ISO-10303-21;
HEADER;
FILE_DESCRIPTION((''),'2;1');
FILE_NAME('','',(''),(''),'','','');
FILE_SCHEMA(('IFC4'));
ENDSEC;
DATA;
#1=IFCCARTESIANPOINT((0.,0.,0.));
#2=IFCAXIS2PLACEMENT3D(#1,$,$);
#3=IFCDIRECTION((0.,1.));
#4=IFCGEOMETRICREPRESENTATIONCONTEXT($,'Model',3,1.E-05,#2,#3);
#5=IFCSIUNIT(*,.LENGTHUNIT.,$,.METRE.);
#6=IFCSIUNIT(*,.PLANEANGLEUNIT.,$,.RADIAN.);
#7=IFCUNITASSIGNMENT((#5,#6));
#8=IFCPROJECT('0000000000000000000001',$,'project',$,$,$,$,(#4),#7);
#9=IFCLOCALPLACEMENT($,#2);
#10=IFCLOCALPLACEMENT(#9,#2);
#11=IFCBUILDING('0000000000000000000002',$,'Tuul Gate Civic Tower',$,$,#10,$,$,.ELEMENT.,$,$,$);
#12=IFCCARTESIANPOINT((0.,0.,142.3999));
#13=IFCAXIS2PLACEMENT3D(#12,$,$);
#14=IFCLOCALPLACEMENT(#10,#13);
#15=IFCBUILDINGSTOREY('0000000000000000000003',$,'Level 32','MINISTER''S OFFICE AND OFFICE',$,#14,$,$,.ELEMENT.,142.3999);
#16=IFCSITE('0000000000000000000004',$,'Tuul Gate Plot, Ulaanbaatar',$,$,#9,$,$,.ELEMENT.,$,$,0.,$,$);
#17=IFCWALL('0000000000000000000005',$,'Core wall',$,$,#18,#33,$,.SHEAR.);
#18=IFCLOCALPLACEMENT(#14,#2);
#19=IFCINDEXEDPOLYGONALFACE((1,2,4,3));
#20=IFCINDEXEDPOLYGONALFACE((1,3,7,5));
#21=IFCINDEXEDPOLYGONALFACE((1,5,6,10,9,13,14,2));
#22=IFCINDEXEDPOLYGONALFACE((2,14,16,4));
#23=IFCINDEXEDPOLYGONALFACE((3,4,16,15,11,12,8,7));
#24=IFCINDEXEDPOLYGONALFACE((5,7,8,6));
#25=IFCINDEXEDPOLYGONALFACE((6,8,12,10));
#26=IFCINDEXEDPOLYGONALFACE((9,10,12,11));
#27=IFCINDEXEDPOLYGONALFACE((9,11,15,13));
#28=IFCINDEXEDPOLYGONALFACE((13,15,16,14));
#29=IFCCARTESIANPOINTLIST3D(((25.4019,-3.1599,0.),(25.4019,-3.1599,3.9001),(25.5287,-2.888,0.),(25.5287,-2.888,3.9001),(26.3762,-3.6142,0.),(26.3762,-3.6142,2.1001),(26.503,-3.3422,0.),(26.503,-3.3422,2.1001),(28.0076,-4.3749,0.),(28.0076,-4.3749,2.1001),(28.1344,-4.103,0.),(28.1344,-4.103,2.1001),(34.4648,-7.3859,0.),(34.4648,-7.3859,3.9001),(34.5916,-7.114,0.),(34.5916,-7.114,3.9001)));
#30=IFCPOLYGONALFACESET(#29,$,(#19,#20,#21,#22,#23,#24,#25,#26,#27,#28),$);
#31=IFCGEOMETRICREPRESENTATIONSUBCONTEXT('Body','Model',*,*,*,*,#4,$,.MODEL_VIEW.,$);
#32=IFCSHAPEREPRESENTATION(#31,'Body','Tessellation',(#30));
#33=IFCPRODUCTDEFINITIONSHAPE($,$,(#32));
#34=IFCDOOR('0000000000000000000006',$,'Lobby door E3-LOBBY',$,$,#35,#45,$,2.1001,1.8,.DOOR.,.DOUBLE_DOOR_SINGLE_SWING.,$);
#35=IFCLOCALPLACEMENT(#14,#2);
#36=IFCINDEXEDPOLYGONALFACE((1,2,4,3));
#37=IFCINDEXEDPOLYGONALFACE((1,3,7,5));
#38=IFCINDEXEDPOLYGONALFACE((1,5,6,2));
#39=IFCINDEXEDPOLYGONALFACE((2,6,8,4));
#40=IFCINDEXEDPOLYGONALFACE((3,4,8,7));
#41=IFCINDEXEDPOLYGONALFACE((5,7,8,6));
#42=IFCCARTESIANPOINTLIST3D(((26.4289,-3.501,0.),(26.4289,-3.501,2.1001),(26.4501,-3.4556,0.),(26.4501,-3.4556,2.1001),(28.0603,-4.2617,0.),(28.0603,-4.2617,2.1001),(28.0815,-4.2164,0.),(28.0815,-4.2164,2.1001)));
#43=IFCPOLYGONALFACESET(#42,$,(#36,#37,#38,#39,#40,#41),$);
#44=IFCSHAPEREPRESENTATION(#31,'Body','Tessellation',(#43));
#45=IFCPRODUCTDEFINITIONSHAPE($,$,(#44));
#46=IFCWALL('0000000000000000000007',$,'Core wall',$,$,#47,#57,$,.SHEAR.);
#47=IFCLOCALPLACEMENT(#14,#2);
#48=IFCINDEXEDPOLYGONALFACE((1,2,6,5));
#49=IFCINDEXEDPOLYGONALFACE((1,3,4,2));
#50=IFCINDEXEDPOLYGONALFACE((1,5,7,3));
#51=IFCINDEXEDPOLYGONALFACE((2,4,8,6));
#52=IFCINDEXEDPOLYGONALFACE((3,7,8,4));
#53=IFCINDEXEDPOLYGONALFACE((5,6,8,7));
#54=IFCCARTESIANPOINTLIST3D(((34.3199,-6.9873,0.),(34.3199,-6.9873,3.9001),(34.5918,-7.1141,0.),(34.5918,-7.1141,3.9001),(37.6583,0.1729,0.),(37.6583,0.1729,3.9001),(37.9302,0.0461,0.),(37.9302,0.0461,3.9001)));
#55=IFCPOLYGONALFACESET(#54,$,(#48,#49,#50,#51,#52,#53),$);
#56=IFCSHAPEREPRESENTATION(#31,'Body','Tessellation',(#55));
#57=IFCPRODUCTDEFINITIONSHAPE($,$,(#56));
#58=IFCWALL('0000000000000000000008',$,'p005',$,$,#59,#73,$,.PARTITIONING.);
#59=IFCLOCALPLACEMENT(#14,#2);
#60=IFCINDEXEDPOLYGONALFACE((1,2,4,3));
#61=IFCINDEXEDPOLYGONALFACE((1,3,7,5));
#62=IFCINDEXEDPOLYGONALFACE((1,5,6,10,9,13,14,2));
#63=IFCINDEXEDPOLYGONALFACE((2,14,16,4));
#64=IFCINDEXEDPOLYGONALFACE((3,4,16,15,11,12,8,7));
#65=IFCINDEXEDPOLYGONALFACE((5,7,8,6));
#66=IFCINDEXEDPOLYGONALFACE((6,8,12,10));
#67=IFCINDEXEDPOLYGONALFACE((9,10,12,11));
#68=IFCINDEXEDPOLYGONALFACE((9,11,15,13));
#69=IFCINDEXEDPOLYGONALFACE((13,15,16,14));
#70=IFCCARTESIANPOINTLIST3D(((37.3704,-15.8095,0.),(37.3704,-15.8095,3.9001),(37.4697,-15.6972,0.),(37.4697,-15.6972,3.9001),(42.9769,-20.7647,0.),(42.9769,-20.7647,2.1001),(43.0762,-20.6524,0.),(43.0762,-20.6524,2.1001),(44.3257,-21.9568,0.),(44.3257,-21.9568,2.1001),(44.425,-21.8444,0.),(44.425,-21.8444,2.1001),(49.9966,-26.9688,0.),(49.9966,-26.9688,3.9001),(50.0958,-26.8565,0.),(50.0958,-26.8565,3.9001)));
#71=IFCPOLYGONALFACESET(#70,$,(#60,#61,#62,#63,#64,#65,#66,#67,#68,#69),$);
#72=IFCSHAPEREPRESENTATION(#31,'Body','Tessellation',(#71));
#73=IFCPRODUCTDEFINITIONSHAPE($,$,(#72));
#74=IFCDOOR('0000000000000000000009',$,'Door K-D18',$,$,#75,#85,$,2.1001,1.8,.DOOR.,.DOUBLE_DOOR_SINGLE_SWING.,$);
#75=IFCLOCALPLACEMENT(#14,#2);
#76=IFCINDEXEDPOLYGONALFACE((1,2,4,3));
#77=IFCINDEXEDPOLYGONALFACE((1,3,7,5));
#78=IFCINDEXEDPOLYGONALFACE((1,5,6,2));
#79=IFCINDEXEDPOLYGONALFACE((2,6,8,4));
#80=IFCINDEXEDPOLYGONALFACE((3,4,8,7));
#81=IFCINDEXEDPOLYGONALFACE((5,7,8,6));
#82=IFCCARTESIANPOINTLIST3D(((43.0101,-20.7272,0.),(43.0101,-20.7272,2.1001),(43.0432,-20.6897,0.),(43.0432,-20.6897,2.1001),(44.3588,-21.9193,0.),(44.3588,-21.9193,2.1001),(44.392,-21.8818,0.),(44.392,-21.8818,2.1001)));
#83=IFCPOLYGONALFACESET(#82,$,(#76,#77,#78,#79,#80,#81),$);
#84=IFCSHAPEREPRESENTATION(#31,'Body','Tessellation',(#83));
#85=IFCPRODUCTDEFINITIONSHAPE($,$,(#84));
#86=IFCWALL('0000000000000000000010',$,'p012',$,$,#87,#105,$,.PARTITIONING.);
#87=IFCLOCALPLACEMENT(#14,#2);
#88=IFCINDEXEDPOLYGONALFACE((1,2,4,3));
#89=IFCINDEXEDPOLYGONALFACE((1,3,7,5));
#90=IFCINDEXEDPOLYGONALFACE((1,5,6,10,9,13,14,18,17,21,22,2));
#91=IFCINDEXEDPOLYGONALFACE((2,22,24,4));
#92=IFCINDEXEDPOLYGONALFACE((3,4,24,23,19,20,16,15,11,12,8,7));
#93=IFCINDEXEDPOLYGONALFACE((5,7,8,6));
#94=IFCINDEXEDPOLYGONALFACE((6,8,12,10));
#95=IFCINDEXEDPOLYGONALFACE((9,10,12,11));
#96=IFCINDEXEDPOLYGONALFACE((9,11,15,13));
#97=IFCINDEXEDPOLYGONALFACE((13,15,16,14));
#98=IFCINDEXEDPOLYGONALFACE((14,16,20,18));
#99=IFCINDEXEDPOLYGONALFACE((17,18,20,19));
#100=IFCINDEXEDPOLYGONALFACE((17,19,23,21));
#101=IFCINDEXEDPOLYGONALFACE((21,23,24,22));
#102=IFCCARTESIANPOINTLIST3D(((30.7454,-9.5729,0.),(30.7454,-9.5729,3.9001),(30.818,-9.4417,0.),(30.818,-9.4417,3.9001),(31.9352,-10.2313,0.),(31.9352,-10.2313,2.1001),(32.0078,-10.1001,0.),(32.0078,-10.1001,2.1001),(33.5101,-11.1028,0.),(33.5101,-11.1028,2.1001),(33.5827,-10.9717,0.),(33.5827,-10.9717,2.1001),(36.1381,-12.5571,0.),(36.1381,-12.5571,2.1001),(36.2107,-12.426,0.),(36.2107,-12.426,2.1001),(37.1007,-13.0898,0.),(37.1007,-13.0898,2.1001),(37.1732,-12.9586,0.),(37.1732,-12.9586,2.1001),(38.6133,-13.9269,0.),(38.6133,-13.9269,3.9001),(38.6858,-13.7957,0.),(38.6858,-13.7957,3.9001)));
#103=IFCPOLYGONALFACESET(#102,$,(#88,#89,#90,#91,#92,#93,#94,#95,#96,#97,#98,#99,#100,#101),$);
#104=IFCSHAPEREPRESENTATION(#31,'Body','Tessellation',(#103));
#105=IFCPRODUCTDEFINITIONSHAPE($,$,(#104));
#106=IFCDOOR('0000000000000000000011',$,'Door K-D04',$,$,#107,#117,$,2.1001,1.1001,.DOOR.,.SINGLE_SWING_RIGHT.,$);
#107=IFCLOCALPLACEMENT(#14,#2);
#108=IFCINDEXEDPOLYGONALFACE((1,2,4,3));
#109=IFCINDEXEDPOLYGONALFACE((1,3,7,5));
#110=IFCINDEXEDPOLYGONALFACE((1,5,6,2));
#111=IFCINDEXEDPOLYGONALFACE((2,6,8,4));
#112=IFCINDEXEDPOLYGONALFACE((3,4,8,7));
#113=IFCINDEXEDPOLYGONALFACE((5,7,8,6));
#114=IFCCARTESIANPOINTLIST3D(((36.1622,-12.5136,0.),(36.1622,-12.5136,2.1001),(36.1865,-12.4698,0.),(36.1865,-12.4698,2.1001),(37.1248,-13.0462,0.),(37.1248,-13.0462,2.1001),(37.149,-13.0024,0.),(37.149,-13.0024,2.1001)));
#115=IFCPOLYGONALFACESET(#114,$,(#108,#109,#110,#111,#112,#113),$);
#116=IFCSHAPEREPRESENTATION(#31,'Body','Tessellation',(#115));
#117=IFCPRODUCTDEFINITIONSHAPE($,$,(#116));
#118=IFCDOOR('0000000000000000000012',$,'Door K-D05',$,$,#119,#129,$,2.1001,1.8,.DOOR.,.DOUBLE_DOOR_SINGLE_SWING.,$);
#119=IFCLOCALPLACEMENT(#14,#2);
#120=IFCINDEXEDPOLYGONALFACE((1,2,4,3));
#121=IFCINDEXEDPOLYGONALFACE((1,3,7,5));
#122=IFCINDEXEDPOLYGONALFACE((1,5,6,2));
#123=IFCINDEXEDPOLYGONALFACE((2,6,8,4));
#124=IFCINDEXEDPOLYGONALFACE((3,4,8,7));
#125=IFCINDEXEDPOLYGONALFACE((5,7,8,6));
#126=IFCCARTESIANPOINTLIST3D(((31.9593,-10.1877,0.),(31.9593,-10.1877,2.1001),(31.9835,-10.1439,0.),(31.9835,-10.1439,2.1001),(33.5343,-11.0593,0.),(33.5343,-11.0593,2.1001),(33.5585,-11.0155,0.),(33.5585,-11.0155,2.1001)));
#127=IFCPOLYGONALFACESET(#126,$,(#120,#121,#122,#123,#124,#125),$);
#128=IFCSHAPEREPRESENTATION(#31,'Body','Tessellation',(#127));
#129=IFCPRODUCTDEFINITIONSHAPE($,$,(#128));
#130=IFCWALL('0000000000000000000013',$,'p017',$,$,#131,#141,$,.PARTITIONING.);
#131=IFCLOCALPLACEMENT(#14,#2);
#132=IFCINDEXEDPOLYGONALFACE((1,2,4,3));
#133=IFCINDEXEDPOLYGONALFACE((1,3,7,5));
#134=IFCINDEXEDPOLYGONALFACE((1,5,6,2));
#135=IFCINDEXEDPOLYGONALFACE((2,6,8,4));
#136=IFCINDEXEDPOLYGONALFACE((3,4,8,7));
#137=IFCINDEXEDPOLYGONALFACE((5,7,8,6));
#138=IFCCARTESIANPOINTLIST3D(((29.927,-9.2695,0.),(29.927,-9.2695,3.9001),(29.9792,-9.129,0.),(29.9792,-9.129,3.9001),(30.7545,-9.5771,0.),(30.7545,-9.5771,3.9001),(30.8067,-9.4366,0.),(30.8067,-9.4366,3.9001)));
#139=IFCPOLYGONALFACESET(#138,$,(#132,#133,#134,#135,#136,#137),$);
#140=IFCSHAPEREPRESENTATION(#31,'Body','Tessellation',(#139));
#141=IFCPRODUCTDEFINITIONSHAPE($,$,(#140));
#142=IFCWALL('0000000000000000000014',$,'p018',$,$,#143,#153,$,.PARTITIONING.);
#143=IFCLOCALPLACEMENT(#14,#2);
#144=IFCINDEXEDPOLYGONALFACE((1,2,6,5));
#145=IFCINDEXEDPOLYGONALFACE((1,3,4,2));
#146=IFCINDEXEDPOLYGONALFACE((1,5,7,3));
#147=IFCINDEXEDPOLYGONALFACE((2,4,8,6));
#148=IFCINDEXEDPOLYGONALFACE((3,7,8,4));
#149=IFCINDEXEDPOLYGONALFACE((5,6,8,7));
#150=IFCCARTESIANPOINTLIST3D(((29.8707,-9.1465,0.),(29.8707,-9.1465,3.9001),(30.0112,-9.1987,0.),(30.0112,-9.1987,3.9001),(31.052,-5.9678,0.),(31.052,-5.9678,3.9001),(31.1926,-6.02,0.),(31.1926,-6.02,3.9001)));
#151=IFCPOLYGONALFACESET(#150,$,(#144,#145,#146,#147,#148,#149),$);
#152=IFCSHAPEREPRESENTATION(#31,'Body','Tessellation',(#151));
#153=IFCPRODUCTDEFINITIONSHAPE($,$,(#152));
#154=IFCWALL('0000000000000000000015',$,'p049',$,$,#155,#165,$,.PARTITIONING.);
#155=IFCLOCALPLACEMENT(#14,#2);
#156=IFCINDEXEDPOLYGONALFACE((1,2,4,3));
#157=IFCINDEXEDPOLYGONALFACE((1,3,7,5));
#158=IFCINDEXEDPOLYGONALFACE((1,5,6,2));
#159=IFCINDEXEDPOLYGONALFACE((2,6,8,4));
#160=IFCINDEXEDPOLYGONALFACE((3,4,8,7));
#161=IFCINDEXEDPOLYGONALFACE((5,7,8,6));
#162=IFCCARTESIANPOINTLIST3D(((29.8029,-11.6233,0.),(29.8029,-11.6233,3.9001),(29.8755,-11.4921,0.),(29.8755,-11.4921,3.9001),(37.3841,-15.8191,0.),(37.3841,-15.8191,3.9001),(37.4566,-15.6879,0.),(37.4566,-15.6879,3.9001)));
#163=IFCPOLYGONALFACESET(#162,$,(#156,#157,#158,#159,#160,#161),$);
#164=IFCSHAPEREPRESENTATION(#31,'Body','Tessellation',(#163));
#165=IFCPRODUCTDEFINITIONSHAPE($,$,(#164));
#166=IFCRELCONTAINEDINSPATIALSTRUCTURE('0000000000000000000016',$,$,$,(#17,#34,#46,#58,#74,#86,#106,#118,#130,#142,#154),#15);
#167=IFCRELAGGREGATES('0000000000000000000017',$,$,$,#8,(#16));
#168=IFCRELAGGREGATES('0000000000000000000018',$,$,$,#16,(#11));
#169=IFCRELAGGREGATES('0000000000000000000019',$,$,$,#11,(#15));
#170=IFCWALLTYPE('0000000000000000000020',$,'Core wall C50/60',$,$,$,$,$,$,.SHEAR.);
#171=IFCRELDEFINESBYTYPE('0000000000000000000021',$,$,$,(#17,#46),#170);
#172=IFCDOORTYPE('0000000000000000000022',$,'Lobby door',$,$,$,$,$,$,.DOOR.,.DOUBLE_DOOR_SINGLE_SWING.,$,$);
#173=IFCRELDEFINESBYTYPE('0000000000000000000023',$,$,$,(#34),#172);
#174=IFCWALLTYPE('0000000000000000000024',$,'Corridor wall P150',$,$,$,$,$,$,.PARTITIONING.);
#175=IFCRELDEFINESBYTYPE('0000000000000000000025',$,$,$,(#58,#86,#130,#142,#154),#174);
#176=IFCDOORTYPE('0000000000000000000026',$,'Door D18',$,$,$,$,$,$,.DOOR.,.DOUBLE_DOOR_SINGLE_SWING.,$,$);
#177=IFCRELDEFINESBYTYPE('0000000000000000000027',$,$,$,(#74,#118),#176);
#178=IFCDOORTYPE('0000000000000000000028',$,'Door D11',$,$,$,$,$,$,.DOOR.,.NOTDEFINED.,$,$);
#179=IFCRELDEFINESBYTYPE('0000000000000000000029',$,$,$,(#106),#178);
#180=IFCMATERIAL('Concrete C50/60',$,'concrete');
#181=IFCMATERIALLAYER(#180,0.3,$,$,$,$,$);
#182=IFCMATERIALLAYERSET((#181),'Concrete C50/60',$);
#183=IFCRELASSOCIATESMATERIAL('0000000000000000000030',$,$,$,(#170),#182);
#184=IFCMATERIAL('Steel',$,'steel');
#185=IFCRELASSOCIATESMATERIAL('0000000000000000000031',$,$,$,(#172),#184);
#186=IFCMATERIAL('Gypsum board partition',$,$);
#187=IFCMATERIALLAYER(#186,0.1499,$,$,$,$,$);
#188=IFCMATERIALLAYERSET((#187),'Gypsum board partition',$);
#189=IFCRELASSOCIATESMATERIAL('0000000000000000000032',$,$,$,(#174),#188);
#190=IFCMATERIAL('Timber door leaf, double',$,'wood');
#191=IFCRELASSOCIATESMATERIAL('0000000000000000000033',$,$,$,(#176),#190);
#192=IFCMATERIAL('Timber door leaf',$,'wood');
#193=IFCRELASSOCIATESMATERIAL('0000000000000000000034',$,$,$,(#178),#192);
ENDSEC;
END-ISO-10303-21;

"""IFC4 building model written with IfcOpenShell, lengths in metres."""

from ifc_helpers import new_model, si_unit, direction, frame, frame_2d, origin, place, context, subcontext, project, spatial, rectangle, extrude, material, layer, layer_set, type_object, element, fill, save


model = new_model("IFC4")

# Units and contexts
model_context = context("Model", 3, precision=1e-05, world=origin(), true_north=direction((0.0, 1.0)))
body_context = subcontext(model_context, "Body", "Model", "MODEL_VIEW")
ifc_project = project(units=[si_unit("LENGTHUNIT", "METRE"), si_unit("PLANEANGLEUNIT", "RADIAN")], contexts=[model_context])

# Site, building, storey
site_placement = place(None, origin())
site = spatial("IfcSite", under=ifc_project, at=site_placement, Name="Tuul Gate Plot, Ulaanbaatar", CompositionType="ELEMENT", RefElevation=0.0)
building_placement = place(site_placement, origin())
building = spatial("IfcBuilding", under=site, at=building_placement, Name="Tuul Gate Civic Tower", CompositionType="ELEMENT")
storey_placement = place(building_placement, frame((0.0, 0.0, 142.3999)))
storey = spatial("IfcBuildingStorey", under=building, at=storey_placement, Name="Level 32", Description="MINISTER'S OFFICE AND OFFICE", CompositionType="ELEMENT", Elevation=142.3999)

# Wall, opening, door
ifc_material_1 = material(Name="Concrete C50/60", Category="concrete")
ifc_layer_1 = layer(ifc_material_1, 0.3)
ifc_layer_set_1 = layer_set([ifc_layer_1], Name="Concrete C50/60")
wall_type_1 = type_object("IfcWallType", Name="Core wall C50/60", PredefinedType="SHEAR", material=ifc_layer_set_1)
wall_1_placement = place(storey_placement, frame((34.5283, -7.25, 0.0), z_axis=(0.0, 0.0, 1.0), x_axis=(-0.90631, 0.422613, 0.0)))
wall_1 = element("IfcWall", 1, at=wall_1_placement, inside=storey, type_object=wall_type_1, Name="Core wall", PredefinedType="SHEAR", context=body_context, shape_type="SweptSolid", body=[
    extrude(rectangle(XDim=9.9998, YDim=0.3, at=frame_2d((5.0, 0.0))), origin(), (0.0, 0.0, 1.0), 3.9001),
])
opening_1_placement = place(wall_1_placement, frame((7.125, 0.0, 0.0)))
opening_1 = element("IfcOpeningElement", 2, at=opening_1_placement, cuts=wall_1, PredefinedType="OPENING", context=body_context, shape_type="SweptSolid", body=[
    extrude(rectangle(XDim=1.8, YDim=2.1001, at=frame_2d((0.8999, 1.05))), frame((0.0, 0.1602, 0.0), z_axis=(0.0, -1.0, 0.0), x_axis=(1.0, 0.0, 0.0)), (0.0, 0.0, 1.0), 0.3201),
])
ifc_material_2 = material(Name="Steel", Category="steel")
door_type_1 = type_object("IfcDoorType", Name="Lobby door", OperationType="DOUBLE_DOOR_SINGLE_SWING", PredefinedType="DOOR", material=ifc_material_2)
door_1_placement = place(opening_1_placement, frame((1.8, 0.0, 0.0), z_axis=(0.0, 0.0, 1.0), x_axis=(-1.0, 0.0, 0.0)))
door_1 = element("IfcDoor", 3, at=door_1_placement, inside=storey, type_object=door_type_1, Name="Lobby door E3-LOBBY", OperationType="DOUBLE_DOOR_SINGLE_SWING", OverallHeight=2.1001, OverallWidth=1.8, PredefinedType="DOOR", context=body_context, shape_type="SweptSolid", body=[
    extrude(rectangle(XDim=1.8, YDim=2.1001, at=frame_2d((0.9001, 1.05))), frame((0.0, 0.0249, 0.0), z_axis=(0.0, -1.0, 0.0), x_axis=(1.0, 0.0, 0.0)), (0.0, 0.0, 1.0), 0.05),
])
fill(opening_1, door_1)

# Wall
wall_2_placement = place(storey_placement, frame((34.4558, -7.0508, 0.0), z_axis=(0.0, 0.0, 1.0), x_axis=(0.422571, 0.90633, 0.0)))
element("IfcWall", 4, at=wall_2_placement, inside=storey, type_object=wall_type_1, Name="Core wall", PredefinedType="SHEAR", context=body_context, shape_type="SweptSolid", body=[
    extrude(rectangle(XDim=7.9001, YDim=0.3, at=frame_2d((3.9502, 0.0))), origin(), (0.0, 0.0, 1.0), 3.9001),
])

# Wall, opening, door
ifc_material_3 = material(Name="Gypsum board partition")
ifc_layer_2 = layer(ifc_material_3, 0.1499)
ifc_layer_set_2 = layer_set([ifc_layer_2], Name="Gypsum board partition")
wall_type_2 = type_object("IfcWallType", Name="Corridor wall P150", PredefinedType="PARTITIONING", material=ifc_layer_set_2)
wall_3_placement = place(storey_placement, frame((37.4202, -15.7534, 0.0), z_axis=(0.0, 0.0, 1.0), x_axis=(0.749289, -0.662243, 0.0)))
wall_3 = element("IfcWall", 5, at=wall_3_placement, inside=storey, type_object=wall_type_2, Name="p005", PredefinedType="PARTITIONING", context=body_context, shape_type="SweptSolid", body=[
    extrude(rectangle(XDim=16.8508, YDim=0.1499, at=frame_2d((8.4253, 0.0))), origin(), (0.0, 0.0, 1.0), 3.9001),
])
opening_2_placement = place(wall_3_placement, frame((7.4824, 0.0, 0.0)))
opening_2 = element("IfcOpeningElement", 6, at=opening_2_placement, cuts=wall_3, PredefinedType="OPENING", context=body_context, shape_type="SweptSolid", body=[
    extrude(rectangle(XDim=1.8, YDim=2.1001, at=frame_2d((0.8999, 1.05))), frame((0.0, 0.085, 0.0), z_axis=(0.0, -1.0, 0.0), x_axis=(1.0, 0.0, 0.0)), (0.0, 0.0, 1.0), 0.1699),
])
ifc_material_4 = material(Name="Timber door leaf, double", Category="wood")
door_type_2 = type_object("IfcDoorType", Name="Door D18", OperationType="DOUBLE_DOOR_SINGLE_SWING", PredefinedType="DOOR", material=ifc_material_4)
door_2_placement = place(opening_2_placement, frame((1.8, 0.0, 0.0), z_axis=(0.0, 0.0, 1.0), x_axis=(-1.0, 0.0, 0.0)))
door_2 = element("IfcDoor", 7, at=door_2_placement, inside=storey, type_object=door_type_2, Name="Door K-D18", OperationType="DOUBLE_DOOR_SINGLE_SWING", OverallHeight=2.1001, OverallWidth=1.8, PredefinedType="DOOR", context=body_context, shape_type="SweptSolid", body=[
    extrude(rectangle(XDim=1.8, YDim=2.1001, at=frame_2d((0.9001, 1.05))), frame((0.0, 0.0249, 0.0), z_axis=(0.0, -1.0, 0.0), x_axis=(1.0, 0.0, 0.0)), (0.0, 0.0, 1.0), 0.05),
])
fill(opening_2, door_2)

# Wall, openings, doors
wall_4_placement = place(storey_placement, frame((30.7817, -9.5073, 0.0), z_axis=(0.0, 0.0, 1.0), x_axis=(0.874962, -0.484192, 0.0)))
wall_4 = element("IfcWall", 8, at=wall_4_placement, inside=storey, type_object=wall_type_2, Name="p012", PredefinedType="PARTITIONING", context=body_context, shape_type="SweptSolid", body=[
    extrude(rectangle(XDim=8.9922, YDim=0.1499, at=frame_2d((4.4961, 0.0))), origin(), (0.0, 0.0, 1.0), 3.9001),
])
opening_3_placement = place(wall_4_placement, frame((6.1633, 0.0, 0.0)))
opening_3 = element("IfcOpeningElement", 9, at=opening_3_placement, cuts=wall_4, PredefinedType="OPENING", context=body_context, shape_type="SweptSolid", body=[
    extrude(rectangle(XDim=1.1001, YDim=2.1001, at=frame_2d((0.55, 1.05))), frame((0.0, 0.085, 0.0), z_axis=(0.0, -1.0, 0.0), x_axis=(1.0, 0.0, 0.0)), (0.0, 0.0, 1.0), 0.1699),
])
opening_4_placement = place(wall_4_placement, frame((1.3599, 0.0, 0.0)))
opening_4 = element("IfcOpeningElement", 10, at=opening_4_placement, cuts=wall_4, PredefinedType="OPENING", context=body_context, shape_type="SweptSolid", body=[
    extrude(rectangle(XDim=1.8, YDim=2.1001, at=frame_2d((0.8999, 1.05))), frame((0.0, 0.085, 0.0), z_axis=(0.0, -1.0, 0.0), x_axis=(1.0, 0.0, 0.0)), (0.0, 0.0, 1.0), 0.1699),
])
ifc_material_5 = material(Name="Timber door leaf", Category="wood")
door_type_3 = type_object("IfcDoorType", Name="Door D11", OperationType="NOTDEFINED", PredefinedType="DOOR", material=ifc_material_5)
door_3_placement = place(opening_3_placement, origin())
door_3 = element("IfcDoor", 11, at=door_3_placement, inside=storey, type_object=door_type_3, Name="Door K-D04", OperationType="SINGLE_SWING_RIGHT", OverallHeight=2.1001, OverallWidth=1.1001, PredefinedType="DOOR", context=body_context, shape_type="SweptSolid", body=[
    extrude(rectangle(XDim=1.1001, YDim=2.1001, at=frame_2d((0.55, 1.05))), frame((0.0, 0.0249, 0.0), z_axis=(0.0, -1.0, 0.0), x_axis=(1.0, 0.0, 0.0)), (0.0, 0.0, 1.0), 0.05),
])
fill(opening_3, door_3)
door_4_placement = place(opening_4_placement, origin())
door_4 = element("IfcDoor", 12, at=door_4_placement, inside=storey, type_object=door_type_2, Name="Door K-D05", OperationType="DOUBLE_DOOR_SINGLE_SWING", OverallHeight=2.1001, OverallWidth=1.8, PredefinedType="DOOR", context=body_context, shape_type="SweptSolid", body=[
    extrude(rectangle(XDim=1.8, YDim=2.1001, at=frame_2d((0.8999, 1.05))), frame((0.0, 0.0249, 0.0), z_axis=(0.0, -1.0, 0.0), x_axis=(1.0, 0.0, 0.0)), (0.0, 0.0, 1.0), 0.05),
])
fill(opening_4, door_4)

# Walls
wall_5_placement = place(storey_placement, frame((29.9531, -9.1992, 0.0), z_axis=(0.0, 0.0, 1.0), x_axis=(0.937314, -0.348485, 0.0)))
element("IfcWall", 13, at=wall_5_placement, inside=storey, type_object=wall_type_2, Name="p017", PredefinedType="PARTITIONING", context=body_context, shape_type="SweptSolid", body=[
    extrude(rectangle(XDim=0.8828, YDim=0.1499, at=frame_2d((0.4414, 0.0))), origin(), (0.0, 0.0, 1.0), 3.9001),
])
wall_6_placement = place(storey_placement, frame((29.9409, -9.1726, 0.0), z_axis=(0.0, 0.0, 1.0), x_axis=(0.348376, 0.937355, 0.0)))
element("IfcWall", 14, at=wall_6_placement, inside=storey, type_object=wall_type_2, Name="p018", PredefinedType="PARTITIONING", context=body_context, shape_type="SweptSolid", body=[
    extrude(rectangle(XDim=3.3911, YDim=0.1499, at=frame_2d((1.6956, 0.0))), origin(), (0.0, 0.0, 1.0), 3.9001),
])
wall_7_placement = place(storey_placement, frame((29.8391, -11.5576, 0.0), z_axis=(0.0, 0.0, 1.0), x_axis=(0.874935, -0.48424, 0.0)))
element("IfcWall", 15, at=wall_7_placement, inside=storey, type_object=wall_type_2, Name="p049", PredefinedType="PARTITIONING", context=body_context, shape_type="SweptSolid", body=[
    extrude(rectangle(XDim=8.6648, YDim=0.1499, at=frame_2d((4.3325, 0.0))), origin(), (0.0, 0.0, 1.0), 3.9001),
])

save(model, "model.ifc")
